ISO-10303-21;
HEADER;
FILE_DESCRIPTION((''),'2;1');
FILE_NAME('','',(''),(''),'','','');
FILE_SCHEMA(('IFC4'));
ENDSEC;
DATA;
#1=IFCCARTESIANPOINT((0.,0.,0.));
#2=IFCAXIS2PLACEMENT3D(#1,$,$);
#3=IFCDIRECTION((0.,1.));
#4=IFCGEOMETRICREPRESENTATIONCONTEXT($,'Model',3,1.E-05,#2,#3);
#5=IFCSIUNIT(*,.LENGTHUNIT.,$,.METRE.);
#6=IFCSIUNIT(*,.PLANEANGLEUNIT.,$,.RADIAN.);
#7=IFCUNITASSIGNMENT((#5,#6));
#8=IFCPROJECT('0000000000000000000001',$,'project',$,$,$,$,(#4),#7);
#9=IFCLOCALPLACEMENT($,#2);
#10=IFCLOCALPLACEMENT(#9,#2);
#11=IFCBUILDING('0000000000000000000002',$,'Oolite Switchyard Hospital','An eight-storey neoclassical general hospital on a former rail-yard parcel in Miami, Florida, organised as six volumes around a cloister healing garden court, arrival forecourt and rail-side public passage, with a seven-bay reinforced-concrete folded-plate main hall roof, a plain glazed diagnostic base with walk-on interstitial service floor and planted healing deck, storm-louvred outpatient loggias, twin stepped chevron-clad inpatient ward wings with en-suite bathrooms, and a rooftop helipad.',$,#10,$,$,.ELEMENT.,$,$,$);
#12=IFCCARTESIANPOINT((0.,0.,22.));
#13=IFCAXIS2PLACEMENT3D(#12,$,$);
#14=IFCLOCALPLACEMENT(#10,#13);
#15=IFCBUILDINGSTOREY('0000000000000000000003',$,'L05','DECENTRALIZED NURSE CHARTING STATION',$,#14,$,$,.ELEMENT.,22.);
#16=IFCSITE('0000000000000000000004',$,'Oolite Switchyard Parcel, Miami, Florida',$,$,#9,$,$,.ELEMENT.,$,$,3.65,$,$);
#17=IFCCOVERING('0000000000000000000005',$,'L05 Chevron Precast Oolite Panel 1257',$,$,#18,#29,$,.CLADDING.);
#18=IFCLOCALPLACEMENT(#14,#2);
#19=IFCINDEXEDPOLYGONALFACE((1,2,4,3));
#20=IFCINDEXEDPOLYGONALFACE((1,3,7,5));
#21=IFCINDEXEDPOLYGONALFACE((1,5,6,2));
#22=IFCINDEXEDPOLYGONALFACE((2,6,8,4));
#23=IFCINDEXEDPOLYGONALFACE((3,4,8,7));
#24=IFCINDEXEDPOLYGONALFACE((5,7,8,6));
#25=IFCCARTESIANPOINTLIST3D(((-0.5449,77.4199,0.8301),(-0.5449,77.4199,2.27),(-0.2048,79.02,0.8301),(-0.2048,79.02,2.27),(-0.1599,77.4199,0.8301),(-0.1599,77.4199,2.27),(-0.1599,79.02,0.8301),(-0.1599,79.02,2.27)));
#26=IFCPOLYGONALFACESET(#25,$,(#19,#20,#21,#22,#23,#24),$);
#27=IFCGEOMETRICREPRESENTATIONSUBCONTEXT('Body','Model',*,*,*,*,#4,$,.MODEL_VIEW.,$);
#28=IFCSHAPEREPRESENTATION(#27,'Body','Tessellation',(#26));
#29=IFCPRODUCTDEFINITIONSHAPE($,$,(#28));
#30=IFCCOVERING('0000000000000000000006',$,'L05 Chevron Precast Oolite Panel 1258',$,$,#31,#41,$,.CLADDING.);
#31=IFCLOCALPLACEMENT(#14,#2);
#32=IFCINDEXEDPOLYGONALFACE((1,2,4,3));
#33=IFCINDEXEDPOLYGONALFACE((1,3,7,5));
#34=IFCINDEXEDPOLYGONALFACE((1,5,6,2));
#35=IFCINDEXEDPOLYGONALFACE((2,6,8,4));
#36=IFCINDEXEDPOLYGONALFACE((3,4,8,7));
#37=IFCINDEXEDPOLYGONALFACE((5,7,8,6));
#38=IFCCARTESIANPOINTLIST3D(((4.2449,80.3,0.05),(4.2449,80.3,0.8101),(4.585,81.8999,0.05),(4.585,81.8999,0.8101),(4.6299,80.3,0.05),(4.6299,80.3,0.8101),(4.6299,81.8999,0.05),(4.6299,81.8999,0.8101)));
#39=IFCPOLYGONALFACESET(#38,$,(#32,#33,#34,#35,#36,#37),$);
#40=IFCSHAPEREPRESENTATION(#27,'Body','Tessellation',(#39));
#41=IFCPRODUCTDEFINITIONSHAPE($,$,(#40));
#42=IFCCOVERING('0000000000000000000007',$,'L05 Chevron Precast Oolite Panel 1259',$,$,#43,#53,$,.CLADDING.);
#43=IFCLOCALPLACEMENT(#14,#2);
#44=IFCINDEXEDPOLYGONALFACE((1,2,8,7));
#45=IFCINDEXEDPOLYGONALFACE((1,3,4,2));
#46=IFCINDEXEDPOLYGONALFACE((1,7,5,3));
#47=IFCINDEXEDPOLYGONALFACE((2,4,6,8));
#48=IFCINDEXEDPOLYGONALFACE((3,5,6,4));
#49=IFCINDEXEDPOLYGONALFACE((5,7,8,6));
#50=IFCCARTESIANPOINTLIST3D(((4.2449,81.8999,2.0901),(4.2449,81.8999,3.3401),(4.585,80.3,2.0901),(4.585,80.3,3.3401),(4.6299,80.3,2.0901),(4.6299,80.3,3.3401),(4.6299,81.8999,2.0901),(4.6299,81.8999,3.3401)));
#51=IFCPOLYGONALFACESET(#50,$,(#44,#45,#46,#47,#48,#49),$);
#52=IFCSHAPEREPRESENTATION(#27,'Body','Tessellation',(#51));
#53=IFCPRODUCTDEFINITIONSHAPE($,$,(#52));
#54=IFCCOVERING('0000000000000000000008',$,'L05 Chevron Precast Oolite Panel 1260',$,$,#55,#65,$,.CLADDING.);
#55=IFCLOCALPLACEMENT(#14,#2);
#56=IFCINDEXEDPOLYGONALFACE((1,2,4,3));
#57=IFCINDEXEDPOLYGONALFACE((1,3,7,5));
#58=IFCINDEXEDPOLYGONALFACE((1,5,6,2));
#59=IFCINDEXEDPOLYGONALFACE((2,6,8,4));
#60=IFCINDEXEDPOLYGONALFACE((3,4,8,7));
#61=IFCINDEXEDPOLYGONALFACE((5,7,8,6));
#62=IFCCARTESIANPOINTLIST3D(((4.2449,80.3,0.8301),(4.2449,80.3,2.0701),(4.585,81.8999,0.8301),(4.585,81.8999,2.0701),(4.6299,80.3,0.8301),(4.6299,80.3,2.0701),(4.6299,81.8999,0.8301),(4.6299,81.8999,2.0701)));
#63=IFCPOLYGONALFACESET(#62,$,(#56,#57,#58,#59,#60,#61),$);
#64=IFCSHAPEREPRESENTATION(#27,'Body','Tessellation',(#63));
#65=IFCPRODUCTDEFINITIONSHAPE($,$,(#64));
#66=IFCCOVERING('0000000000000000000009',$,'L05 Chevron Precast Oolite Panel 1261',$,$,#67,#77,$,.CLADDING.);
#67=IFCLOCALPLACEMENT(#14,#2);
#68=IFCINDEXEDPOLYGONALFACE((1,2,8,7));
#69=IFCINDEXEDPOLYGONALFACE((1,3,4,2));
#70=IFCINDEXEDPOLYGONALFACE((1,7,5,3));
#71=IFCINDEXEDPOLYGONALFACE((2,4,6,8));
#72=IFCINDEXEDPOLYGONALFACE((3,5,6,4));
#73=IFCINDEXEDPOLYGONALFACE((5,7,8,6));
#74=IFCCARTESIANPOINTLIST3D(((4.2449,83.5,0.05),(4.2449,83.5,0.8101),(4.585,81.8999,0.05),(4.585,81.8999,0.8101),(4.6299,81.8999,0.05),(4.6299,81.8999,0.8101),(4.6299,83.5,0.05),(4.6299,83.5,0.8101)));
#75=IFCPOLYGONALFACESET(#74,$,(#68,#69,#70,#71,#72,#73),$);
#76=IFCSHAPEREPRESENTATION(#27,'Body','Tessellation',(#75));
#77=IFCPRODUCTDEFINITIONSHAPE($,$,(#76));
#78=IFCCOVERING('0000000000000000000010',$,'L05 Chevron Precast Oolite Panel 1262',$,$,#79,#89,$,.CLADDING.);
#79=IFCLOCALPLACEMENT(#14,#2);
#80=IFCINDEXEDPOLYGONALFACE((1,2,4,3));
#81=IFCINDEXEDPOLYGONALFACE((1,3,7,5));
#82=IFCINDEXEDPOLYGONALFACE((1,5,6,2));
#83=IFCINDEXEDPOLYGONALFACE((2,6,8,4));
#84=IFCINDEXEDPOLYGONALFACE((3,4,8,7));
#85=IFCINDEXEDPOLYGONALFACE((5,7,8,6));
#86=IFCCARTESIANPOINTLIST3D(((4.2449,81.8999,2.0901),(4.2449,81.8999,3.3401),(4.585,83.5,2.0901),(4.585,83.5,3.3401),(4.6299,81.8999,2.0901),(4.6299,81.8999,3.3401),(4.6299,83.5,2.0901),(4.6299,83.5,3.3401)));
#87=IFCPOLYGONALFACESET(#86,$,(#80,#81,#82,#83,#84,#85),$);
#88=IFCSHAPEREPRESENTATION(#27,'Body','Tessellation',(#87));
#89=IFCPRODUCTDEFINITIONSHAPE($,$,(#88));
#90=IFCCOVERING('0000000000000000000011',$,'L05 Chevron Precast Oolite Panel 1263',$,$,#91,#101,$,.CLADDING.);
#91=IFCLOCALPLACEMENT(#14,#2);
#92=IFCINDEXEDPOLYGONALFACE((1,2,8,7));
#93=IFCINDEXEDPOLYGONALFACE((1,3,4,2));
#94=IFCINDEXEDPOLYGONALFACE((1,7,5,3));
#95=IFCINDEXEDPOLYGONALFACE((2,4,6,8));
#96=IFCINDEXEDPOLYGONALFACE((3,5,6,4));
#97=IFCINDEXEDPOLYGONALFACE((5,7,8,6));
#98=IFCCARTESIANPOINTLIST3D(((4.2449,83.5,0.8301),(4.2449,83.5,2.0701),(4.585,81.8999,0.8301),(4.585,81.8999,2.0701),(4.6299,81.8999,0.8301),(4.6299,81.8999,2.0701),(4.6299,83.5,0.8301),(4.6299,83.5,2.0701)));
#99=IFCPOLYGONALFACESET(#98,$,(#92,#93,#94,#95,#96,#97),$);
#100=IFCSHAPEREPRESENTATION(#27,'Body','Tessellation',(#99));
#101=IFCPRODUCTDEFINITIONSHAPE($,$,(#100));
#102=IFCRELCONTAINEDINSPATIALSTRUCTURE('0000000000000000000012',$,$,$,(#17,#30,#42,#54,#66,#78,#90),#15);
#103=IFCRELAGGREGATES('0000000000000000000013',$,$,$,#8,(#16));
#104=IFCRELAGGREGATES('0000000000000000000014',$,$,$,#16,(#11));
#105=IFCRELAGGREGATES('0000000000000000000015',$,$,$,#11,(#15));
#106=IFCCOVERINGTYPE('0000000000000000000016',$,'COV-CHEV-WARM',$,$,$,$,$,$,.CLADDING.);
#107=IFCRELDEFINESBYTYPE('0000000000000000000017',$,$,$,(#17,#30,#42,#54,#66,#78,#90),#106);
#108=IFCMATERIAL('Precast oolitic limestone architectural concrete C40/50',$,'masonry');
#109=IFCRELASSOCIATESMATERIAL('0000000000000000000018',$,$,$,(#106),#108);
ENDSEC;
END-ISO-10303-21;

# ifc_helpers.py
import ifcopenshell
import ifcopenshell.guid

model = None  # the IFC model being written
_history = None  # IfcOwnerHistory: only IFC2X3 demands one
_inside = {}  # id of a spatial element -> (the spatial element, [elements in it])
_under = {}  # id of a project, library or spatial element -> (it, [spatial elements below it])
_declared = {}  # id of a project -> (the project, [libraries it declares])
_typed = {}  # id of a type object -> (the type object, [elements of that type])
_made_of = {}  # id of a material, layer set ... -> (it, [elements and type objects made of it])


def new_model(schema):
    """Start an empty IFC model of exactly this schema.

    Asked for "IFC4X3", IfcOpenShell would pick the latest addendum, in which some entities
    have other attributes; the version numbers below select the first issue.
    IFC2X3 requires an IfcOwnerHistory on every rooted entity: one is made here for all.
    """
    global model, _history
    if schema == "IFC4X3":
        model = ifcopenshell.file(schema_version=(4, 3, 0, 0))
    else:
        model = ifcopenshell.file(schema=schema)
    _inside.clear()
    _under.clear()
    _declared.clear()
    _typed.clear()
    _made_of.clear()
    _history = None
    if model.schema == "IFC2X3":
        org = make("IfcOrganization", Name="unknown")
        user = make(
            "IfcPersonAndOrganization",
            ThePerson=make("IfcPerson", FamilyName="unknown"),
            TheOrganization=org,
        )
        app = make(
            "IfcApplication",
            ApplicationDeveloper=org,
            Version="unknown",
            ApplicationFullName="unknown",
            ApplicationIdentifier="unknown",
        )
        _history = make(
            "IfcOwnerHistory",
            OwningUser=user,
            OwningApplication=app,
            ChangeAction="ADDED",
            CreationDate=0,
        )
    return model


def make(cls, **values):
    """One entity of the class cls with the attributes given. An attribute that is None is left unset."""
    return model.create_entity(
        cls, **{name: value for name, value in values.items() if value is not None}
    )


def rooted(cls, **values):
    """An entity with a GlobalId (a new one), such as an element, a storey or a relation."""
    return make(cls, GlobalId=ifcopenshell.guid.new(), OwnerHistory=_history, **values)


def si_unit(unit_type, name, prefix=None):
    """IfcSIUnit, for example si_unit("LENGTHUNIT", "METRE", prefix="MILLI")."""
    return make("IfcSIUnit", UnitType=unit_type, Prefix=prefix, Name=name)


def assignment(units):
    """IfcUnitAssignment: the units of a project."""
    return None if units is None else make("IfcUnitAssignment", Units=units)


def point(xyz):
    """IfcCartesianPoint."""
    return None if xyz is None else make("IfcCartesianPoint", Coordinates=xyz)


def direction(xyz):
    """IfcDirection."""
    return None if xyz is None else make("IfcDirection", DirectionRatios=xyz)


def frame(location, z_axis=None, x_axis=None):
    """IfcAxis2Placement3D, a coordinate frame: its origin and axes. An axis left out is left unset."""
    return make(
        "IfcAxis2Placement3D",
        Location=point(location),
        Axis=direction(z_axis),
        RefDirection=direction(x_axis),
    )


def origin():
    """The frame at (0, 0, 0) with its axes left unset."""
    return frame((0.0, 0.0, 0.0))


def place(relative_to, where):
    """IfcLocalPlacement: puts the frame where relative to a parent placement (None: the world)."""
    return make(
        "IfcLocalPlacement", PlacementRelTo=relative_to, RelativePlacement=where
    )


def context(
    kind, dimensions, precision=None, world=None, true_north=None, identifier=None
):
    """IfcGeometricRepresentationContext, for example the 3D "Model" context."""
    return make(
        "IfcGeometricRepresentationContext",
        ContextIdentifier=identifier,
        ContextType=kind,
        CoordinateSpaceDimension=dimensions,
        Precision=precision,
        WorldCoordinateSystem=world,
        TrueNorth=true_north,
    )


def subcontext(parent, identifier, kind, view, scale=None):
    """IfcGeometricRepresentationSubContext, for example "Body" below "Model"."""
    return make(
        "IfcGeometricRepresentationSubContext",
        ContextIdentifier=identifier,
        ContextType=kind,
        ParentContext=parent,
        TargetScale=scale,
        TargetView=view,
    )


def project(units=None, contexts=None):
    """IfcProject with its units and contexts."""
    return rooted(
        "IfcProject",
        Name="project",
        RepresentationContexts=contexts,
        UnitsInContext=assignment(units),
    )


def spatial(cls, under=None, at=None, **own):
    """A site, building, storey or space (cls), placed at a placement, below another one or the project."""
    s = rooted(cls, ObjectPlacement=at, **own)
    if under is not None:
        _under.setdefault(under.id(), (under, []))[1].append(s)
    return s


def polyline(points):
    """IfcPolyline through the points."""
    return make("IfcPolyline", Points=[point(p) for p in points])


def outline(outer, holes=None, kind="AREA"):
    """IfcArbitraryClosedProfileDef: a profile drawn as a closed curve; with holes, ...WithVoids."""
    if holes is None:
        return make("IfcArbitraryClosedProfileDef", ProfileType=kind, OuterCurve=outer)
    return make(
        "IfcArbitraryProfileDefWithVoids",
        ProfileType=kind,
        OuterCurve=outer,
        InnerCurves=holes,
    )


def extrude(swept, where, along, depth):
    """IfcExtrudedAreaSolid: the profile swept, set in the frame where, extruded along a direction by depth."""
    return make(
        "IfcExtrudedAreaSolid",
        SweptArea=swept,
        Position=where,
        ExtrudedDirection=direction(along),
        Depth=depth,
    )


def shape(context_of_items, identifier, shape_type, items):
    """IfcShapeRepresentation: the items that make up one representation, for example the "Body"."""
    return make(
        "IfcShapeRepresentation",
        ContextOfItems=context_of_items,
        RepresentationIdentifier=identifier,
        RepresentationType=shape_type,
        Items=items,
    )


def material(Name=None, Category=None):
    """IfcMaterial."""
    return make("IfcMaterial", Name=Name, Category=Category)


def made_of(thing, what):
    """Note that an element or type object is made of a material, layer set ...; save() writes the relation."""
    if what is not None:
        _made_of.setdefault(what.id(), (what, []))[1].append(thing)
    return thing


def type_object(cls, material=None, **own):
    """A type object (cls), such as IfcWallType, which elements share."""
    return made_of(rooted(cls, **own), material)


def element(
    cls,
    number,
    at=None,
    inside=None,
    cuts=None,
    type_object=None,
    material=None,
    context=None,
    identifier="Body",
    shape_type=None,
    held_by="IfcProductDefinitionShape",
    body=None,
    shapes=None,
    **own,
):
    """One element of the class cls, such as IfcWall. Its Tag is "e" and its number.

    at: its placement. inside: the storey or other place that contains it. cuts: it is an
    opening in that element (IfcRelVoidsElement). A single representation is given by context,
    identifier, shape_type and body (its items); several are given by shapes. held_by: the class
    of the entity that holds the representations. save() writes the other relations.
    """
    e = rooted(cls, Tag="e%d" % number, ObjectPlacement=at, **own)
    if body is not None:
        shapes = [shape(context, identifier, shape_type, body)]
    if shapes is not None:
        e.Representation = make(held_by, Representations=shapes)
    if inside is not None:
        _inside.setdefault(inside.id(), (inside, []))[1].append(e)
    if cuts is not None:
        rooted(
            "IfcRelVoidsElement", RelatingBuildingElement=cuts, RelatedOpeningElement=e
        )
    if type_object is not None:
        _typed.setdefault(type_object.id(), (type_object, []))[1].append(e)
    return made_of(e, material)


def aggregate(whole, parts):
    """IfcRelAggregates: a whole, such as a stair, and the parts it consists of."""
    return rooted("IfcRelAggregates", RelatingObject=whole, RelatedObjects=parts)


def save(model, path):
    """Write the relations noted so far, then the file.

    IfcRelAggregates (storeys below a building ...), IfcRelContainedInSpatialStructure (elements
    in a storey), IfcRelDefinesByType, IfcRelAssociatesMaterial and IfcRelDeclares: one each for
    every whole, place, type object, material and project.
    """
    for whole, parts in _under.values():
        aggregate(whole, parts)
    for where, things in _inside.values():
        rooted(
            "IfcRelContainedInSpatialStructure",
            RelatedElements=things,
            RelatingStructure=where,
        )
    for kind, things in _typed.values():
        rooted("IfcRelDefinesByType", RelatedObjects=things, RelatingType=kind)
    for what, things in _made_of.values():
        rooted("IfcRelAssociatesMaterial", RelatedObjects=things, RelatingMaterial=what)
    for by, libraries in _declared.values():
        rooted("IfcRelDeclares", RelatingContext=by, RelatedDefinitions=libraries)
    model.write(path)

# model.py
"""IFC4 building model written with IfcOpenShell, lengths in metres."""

from ifc_helpers import new_model, si_unit, direction, frame, origin, place, context, subcontext, project, spatial, polyline, outline, extrude, material, type_object, element, save


model = new_model("IFC4")

# Units and contexts
model_context = context("Model", 3, precision=1e-05, world=origin(), true_north=direction((0.0, 1.0)))
body_context = subcontext(model_context, "Body", "Model", "MODEL_VIEW")
ifc_project = project(units=[si_unit("LENGTHUNIT", "METRE"), si_unit("PLANEANGLEUNIT", "RADIAN")], contexts=[model_context])

# Site, building, storey
site_placement = place(None, origin())
site = spatial("IfcSite", under=ifc_project, at=site_placement, Name="Oolite Switchyard Parcel, Miami, Florida", CompositionType="ELEMENT", RefElevation=3.65)
building_placement = place(site_placement, origin())
building = spatial("IfcBuilding", under=site, at=building_placement, Name="Oolite Switchyard Hospital", Description="An eight-storey neoclassical general hospital on a former rail-yard parcel in Miami, Florida, organised as six volumes around a cloister healing garden court, arrival forecourt and rail-side public passage, with a seven-bay reinforced-concrete folded-plate main hall roof, a plain glazed diagnostic base with walk-on interstitial service floor and planted healing deck, storm-louvred outpatient loggias, twin stepped chevron-clad inpatient ward wings with en-suite bathrooms, and a rooftop helipad.", CompositionType="ELEMENT")
storey_placement = place(building_placement, frame((0.0, 0.0, 22.0)))
storey = spatial("IfcBuildingStorey", under=building, at=storey_placement, Name="L05", Description="DECENTRALIZED NURSE CHARTING STATION", CompositionType="ELEMENT", Elevation=22.0)

# Shared definitions
ifc_material_1 = material(Name="Precast oolitic limestone architectural concrete C40/50", Category="masonry")

# Coverings
covering_type = type_object("IfcCoveringType", Name="COV-CHEV-WARM", PredefinedType="CLADDING", material=ifc_material_1)
covering_1_placement = place(storey_placement, frame((-0.1599, 77.4199, 0.8301), z_axis=(0.0, 0.0, 1.0), x_axis=(0.0, 1.0, 0.0)))
element("IfcCovering", 1, at=covering_1_placement, inside=storey, type_object=covering_type, Name="L05 Chevron Precast Oolite Panel 1257", PredefinedType="CLADDING", context=body_context, shape_type="SweptSolid", body=[
    extrude(outline(polyline([(0.0, 0.0), (1.6001, 0.0), (1.6001, 0.0449), (0.0, 0.385), (0.0, 0.0)])), origin(), (0.0, 0.0, 1.0), 1.4399),
])
covering_2_placement = place(storey_placement, frame((4.6299, 80.3, 0.05), z_axis=(0.0, 0.0, 1.0), x_axis=(0.0, 1.0, 0.0)))
element("IfcCovering", 2, at=covering_2_placement, inside=storey, type_object=covering_type, Name="L05 Chevron Precast Oolite Panel 1258", PredefinedType="CLADDING", context=body_context, shape_type="SweptSolid", body=[
    extrude(outline(polyline([(0.0, 0.0), (1.5999, 0.0), (1.5999, 0.0449), (0.0, 0.385), (0.0, 0.0)])), origin(), (0.0, 0.0, 1.0), 0.76),
])
covering_3_placement = place(storey_placement, frame((4.6299, 80.3, 2.0901), z_axis=(0.0, 0.0, 1.0), x_axis=(0.0, 1.0, 0.0)))
element("IfcCovering", 3, at=covering_3_placement, inside=storey, type_object=covering_type, Name="L05 Chevron Precast Oolite Panel 1259", PredefinedType="CLADDING", context=body_context, shape_type="SweptSolid", body=[
    extrude(outline(polyline([(0.0, 0.0), (1.5999, 0.0), (1.5999, 0.385), (0.0, 0.0449), (0.0, 0.0)])), origin(), (0.0, 0.0, 1.0), 1.25),
])
covering_4_placement = place(storey_placement, frame((4.6299, 80.3, 0.8301), z_axis=(0.0, 0.0, 1.0), x_axis=(0.0, 1.0, 0.0)))
element("IfcCovering", 4, at=covering_4_placement, inside=storey, type_object=covering_type, Name="L05 Chevron Precast Oolite Panel 1260", PredefinedType="CLADDING", context=body_context, shape_type="SweptSolid", body=[
    extrude(outline(polyline([(0.0, 0.0), (1.5999, 0.0), (1.5999, 0.0449), (0.0, 0.385), (0.0, 0.0)])), origin(), (0.0, 0.0, 1.0), 1.24),
])
covering_5_placement = place(storey_placement, frame((4.6299, 81.8999, 0.05), z_axis=(0.0, 0.0, 1.0), x_axis=(0.0, 1.0, 0.0)))
element("IfcCovering", 5, at=covering_5_placement, inside=storey, type_object=covering_type, Name="L05 Chevron Precast Oolite Panel 1261", PredefinedType="CLADDING", context=body_context, shape_type="SweptSolid", body=[
    extrude(outline(polyline([(0.0, 0.0), (1.6001, 0.0), (1.6001, 0.385), (0.0, 0.0449), (0.0, 0.0)])), origin(), (0.0, 0.0, 1.0), 0.76),
])
covering_6_placement = place(storey_placement, frame((4.6299, 81.8999, 2.0901), z_axis=(0.0, 0.0, 1.0), x_axis=(0.0, 1.0, 0.0)))
element("IfcCovering", 6, at=covering_6_placement, inside=storey, type_object=covering_type, Name="L05 Chevron Precast Oolite Panel 1262", PredefinedType="CLADDING", context=body_context, shape_type="SweptSolid", body=[
    extrude(outline(polyline([(0.0, 0.0), (1.6001, 0.0), (1.6001, 0.0449), (0.0, 0.385), (0.0, 0.0)])), origin(), (0.0, 0.0, 1.0), 1.25),
])
covering_7_placement = place(storey_placement, frame((4.6299, 81.8999, 0.8301), z_axis=(0.0, 0.0, 1.0), x_axis=(0.0, 1.0, 0.0)))
element("IfcCovering", 7, at=covering_7_placement, inside=storey, type_object=covering_type, Name="L05 Chevron Precast Oolite Panel 1263", PredefinedType="CLADDING", context=body_context, shape_type="SweptSolid", body=[
    extrude(outline(polyline([(0.0, 0.0), (1.6001, 0.0), (1.6001, 0.385), (0.0, 0.0449), (0.0, 0.0)])), origin(), (0.0, 0.0, 1.0), 1.24),
])

save(model, "model.ifc")
